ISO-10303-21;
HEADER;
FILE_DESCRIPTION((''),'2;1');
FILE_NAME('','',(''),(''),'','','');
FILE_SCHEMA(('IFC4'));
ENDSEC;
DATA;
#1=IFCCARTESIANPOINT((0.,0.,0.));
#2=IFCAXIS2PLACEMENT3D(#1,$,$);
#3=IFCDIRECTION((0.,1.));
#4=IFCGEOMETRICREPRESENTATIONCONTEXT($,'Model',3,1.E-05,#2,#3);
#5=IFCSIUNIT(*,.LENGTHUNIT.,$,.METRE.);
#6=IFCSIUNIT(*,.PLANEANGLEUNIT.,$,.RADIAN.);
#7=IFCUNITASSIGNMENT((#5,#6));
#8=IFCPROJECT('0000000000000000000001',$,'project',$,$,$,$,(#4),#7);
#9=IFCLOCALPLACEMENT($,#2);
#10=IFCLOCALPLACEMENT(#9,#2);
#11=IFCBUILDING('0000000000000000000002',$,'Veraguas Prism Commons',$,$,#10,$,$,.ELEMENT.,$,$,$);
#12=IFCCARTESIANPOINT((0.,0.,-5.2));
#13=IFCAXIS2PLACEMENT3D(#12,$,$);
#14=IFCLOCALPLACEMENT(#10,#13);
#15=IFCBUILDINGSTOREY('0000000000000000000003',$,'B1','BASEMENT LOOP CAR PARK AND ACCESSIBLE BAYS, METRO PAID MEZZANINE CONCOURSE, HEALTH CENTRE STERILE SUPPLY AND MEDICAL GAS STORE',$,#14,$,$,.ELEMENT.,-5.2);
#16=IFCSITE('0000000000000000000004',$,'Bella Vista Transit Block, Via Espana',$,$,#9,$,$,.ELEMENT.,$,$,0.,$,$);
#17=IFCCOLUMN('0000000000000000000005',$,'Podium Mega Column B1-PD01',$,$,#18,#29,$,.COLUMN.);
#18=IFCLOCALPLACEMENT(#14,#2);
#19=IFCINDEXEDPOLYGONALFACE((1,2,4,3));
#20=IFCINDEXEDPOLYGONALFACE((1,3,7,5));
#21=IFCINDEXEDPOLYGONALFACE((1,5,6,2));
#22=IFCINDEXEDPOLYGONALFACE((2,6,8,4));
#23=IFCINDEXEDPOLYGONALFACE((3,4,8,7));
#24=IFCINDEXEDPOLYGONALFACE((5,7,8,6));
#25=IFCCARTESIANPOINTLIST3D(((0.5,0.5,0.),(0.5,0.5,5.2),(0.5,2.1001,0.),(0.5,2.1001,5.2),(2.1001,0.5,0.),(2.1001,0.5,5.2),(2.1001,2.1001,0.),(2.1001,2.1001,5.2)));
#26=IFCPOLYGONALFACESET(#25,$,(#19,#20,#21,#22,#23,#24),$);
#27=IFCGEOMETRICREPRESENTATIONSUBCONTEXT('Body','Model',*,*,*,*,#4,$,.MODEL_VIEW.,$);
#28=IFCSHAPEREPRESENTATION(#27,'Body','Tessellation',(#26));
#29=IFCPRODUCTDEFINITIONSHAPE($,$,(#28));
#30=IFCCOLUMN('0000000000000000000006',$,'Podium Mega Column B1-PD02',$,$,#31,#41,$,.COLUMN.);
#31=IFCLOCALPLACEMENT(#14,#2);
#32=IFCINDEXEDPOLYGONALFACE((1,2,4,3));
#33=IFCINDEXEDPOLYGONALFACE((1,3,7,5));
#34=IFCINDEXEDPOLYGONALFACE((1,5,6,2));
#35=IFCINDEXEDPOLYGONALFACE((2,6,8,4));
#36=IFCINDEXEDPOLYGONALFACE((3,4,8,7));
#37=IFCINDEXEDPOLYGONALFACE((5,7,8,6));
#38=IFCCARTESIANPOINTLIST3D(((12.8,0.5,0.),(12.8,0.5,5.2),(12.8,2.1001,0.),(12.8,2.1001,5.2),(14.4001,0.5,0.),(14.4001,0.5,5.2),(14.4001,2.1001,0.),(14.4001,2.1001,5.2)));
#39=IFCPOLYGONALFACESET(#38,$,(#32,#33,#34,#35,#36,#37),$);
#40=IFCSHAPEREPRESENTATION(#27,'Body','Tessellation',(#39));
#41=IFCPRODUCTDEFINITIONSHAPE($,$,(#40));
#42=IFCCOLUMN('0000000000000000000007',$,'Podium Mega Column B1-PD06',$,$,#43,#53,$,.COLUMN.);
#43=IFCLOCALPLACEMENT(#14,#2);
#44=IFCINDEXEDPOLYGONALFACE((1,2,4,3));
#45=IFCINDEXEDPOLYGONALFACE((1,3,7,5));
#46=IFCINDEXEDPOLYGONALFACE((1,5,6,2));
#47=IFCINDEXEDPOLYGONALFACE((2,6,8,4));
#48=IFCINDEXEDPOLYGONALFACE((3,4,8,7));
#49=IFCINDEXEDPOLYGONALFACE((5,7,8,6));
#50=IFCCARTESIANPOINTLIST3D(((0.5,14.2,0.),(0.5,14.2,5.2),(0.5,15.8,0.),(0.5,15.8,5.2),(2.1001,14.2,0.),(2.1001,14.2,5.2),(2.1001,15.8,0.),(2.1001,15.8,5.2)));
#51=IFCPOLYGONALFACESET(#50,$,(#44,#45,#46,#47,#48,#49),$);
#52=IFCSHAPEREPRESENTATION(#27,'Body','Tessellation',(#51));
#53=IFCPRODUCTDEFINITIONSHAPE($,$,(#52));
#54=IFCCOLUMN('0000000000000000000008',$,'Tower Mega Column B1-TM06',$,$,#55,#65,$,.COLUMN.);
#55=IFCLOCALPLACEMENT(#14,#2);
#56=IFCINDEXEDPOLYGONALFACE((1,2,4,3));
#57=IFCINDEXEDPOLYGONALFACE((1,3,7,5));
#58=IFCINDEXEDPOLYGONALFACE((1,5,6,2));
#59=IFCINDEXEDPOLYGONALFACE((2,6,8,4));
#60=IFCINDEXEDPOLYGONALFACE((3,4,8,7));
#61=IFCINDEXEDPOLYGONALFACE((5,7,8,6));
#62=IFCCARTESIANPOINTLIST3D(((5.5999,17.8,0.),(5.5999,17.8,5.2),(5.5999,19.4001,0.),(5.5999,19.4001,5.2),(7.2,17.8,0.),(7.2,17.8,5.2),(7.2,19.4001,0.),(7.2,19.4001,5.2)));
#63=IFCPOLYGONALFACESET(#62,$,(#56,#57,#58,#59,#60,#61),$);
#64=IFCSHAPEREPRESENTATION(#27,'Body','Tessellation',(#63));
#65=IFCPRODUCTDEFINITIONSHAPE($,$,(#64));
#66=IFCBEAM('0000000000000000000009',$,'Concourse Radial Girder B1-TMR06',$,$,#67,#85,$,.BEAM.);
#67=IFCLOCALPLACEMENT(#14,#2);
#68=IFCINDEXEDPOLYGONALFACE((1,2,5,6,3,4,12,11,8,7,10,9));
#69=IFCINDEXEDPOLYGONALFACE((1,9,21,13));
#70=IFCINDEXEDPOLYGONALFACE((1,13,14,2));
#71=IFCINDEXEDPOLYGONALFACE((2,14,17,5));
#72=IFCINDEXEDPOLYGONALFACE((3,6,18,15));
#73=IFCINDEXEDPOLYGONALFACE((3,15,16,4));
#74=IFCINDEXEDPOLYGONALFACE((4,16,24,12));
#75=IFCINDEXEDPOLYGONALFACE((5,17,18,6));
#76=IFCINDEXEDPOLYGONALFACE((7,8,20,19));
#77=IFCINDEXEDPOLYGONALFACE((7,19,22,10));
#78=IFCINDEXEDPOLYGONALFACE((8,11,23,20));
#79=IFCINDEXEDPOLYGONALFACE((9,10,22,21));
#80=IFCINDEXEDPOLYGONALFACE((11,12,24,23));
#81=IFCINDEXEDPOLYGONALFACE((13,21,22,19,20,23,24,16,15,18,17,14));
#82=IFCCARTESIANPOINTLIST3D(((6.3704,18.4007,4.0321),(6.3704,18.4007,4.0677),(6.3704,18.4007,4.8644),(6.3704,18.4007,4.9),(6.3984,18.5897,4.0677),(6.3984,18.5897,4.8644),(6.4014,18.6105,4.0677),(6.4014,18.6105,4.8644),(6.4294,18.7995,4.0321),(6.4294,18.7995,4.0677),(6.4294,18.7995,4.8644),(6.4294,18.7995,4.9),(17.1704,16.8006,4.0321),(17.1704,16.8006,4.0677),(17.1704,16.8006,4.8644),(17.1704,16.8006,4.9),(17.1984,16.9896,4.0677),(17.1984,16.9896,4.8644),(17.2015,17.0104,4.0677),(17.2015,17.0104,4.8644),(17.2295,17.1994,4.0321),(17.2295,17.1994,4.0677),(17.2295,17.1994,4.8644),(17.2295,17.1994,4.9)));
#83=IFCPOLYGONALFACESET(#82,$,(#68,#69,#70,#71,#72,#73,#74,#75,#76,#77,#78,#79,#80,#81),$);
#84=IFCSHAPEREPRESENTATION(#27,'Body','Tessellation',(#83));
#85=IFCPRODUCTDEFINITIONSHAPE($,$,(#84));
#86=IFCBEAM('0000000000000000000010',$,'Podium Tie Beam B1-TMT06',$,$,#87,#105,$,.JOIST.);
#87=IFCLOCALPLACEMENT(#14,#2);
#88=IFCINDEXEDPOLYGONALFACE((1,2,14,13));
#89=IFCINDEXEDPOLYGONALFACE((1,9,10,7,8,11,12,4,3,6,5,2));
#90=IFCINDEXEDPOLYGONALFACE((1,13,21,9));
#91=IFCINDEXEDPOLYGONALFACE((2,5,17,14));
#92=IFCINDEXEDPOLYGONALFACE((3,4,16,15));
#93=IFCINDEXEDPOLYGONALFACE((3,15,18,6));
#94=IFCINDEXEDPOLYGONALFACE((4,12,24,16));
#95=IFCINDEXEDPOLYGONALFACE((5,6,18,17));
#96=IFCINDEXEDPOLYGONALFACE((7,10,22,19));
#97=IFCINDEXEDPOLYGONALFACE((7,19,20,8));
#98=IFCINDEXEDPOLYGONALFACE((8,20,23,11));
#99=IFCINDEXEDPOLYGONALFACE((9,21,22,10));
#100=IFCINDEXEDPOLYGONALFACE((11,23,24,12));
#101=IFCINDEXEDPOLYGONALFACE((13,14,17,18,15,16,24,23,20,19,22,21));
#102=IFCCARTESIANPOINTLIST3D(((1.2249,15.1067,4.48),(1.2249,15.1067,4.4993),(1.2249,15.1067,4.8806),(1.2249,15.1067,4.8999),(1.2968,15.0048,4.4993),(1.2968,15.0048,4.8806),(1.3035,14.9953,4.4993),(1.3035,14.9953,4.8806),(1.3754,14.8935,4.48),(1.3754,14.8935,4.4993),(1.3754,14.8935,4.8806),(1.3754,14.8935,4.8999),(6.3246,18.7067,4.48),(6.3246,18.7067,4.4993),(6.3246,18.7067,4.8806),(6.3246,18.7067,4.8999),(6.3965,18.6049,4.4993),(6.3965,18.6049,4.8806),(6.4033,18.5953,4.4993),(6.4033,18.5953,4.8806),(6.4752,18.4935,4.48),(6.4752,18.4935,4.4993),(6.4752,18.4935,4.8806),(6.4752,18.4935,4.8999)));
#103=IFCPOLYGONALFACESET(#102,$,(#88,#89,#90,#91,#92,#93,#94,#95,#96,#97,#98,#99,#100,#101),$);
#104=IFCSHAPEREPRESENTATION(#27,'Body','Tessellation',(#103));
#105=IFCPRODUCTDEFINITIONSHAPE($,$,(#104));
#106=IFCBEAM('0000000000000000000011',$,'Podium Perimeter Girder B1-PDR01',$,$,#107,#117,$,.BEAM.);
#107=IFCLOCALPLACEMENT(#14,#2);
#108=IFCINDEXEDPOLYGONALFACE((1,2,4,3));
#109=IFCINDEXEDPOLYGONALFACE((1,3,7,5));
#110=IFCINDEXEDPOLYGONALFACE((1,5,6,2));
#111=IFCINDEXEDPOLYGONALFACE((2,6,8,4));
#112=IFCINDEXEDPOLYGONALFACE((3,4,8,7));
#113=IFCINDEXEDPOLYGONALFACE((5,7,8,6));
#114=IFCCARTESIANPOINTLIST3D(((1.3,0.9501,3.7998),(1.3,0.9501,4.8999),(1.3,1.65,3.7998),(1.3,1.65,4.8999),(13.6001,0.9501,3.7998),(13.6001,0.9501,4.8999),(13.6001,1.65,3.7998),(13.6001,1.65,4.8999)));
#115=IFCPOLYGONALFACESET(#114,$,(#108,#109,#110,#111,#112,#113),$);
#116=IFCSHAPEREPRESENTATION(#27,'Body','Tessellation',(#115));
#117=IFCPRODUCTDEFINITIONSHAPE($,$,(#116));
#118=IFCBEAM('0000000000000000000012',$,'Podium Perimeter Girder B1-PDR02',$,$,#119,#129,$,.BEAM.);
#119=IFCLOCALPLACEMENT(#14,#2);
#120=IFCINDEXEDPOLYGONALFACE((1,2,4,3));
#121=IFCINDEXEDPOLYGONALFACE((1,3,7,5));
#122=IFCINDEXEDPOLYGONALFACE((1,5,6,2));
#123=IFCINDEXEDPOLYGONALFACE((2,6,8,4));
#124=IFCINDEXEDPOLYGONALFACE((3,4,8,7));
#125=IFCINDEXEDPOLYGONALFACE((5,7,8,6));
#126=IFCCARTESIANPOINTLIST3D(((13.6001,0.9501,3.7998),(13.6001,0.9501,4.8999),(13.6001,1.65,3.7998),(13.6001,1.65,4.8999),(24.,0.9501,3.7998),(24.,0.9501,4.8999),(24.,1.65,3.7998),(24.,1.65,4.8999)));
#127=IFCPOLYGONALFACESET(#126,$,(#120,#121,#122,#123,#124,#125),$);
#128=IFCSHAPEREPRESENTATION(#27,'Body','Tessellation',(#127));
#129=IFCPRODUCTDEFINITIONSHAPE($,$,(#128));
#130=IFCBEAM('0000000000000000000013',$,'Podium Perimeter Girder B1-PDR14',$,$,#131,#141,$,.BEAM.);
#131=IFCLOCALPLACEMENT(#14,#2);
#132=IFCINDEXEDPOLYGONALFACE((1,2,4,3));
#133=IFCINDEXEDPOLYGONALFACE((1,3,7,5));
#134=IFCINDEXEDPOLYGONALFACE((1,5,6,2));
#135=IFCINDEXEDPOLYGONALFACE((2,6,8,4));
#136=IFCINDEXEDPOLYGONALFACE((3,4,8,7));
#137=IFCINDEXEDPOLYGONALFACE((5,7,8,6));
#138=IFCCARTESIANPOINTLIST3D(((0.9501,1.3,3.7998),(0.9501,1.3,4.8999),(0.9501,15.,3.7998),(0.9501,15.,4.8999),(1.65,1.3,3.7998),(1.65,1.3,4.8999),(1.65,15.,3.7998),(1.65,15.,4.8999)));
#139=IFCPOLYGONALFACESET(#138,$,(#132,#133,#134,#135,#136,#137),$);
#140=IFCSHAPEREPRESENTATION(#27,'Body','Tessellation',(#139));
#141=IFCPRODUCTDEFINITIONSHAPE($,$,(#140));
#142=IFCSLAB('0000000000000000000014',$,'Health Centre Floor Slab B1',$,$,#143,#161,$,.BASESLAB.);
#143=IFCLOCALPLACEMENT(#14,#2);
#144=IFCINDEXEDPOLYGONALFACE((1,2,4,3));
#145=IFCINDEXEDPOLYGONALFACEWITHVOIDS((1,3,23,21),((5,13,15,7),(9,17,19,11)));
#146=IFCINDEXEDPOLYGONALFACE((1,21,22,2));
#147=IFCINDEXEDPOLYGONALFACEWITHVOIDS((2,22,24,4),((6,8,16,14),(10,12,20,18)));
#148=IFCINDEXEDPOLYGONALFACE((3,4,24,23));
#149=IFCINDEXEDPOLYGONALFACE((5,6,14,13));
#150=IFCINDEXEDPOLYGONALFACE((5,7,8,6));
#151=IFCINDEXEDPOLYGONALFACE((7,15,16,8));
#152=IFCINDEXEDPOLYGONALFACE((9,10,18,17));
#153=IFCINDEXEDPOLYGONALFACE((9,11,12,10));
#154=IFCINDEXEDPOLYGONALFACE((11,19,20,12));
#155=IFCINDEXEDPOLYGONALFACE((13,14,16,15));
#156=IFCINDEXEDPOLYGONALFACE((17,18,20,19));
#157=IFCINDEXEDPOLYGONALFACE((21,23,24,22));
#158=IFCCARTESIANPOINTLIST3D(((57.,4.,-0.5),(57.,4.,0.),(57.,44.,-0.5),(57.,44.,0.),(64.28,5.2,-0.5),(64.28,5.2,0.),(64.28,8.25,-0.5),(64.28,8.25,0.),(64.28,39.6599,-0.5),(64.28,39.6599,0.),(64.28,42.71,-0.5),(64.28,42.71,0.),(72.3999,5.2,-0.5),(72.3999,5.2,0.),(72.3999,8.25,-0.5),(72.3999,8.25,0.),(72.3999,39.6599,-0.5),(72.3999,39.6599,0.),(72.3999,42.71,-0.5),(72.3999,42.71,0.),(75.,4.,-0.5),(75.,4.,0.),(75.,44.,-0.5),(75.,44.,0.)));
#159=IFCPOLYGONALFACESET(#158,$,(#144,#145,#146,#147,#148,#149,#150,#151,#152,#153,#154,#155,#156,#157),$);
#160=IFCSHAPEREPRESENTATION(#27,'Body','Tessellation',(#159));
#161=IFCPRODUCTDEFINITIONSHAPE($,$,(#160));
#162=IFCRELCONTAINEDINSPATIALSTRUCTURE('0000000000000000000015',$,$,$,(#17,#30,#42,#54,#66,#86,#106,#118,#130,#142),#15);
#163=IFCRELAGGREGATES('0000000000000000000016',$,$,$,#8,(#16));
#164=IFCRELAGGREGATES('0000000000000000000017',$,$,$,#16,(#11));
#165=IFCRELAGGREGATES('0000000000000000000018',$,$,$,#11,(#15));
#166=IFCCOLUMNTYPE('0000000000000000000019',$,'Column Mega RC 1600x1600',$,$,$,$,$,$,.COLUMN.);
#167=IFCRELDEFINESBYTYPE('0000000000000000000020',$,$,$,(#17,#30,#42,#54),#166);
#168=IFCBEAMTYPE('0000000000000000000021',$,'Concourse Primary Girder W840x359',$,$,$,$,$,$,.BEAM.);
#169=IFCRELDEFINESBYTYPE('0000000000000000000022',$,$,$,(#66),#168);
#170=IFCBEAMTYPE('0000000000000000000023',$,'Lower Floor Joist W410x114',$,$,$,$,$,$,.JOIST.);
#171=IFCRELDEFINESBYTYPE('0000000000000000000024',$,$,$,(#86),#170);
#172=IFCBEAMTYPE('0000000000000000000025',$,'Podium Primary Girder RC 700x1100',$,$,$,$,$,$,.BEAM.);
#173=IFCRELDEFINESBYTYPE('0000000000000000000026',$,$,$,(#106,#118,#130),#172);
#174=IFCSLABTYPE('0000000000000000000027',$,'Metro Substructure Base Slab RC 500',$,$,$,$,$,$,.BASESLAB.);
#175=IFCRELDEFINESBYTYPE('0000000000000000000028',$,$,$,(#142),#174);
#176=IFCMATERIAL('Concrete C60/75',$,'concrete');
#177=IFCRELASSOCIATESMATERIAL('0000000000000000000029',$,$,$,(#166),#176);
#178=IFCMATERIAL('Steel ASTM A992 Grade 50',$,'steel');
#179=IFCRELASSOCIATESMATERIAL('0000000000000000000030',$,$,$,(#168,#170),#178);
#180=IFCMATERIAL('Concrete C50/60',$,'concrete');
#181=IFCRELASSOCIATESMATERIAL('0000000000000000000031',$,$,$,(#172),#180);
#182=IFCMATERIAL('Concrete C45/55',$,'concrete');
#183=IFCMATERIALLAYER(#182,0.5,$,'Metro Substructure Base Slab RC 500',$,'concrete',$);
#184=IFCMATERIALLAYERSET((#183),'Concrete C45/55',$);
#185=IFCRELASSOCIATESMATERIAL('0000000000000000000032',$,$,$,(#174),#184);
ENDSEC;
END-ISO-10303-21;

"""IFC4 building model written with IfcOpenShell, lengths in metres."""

from ifc_helpers import new_model, si_unit, direction, frame, origin, origin_2d, place, context, subcontext, project, spatial, polyline, rectangle, i_section, outline, extrude, material, layer, layer_set, material_profile, profile_set, type_object, element, save


model = new_model("IFC4")

# Units and contexts
model_context = context("Model", 3, precision=1e-05, world=origin(), true_north=direction((0.0, 1.0)))
body_context = subcontext(model_context, "Body", "Model", "MODEL_VIEW")
ifc_project = project(units=[si_unit("LENGTHUNIT", "METRE"), si_unit("PLANEANGLEUNIT", "RADIAN")], contexts=[model_context])

# Site, building, storey
site_placement = place(None, origin())
site = spatial("IfcSite", under=ifc_project, at=site_placement, Name="Bella Vista Transit Block, Via Espana", CompositionType="ELEMENT", RefElevation=0.0)
building_placement = place(site_placement, origin())
building = spatial("IfcBuilding", under=site, at=building_placement, Name="Veraguas Prism Commons", CompositionType="ELEMENT")
storey_placement = place(building_placement, frame((0.0, 0.0, -5.2)))
storey = spatial("IfcBuildingStorey", under=building, at=storey_placement, Name="B1", Description="BASEMENT LOOP CAR PARK AND ACCESSIBLE BAYS, METRO PAID MEZZANINE CONCOURSE, HEALTH CENTRE STERILE SUPPLY AND MEDICAL GAS STORE", CompositionType="ELEMENT", Elevation=-5.2)

# Columns
ifc_material_1 = material(Name="Concrete C60/75", Category="concrete")
ifc_material_profile_1 = material_profile(ifc_material_1, rectangle(XDim=1.6001, YDim=1.6001, at=origin_2d()), Name="RC1600X1600")
ifc_profile_set_1 = profile_set([ifc_material_profile_1], Name="Concrete C60/75")
column_type = type_object("IfcColumnType", Name="Column Mega RC 1600x1600", PredefinedType="COLUMN", material=ifc_profile_set_1)
for number, where, z_axis, x_axis, name in (
    (1, (1.3, 1.3, 0.0), (0.0, 0.0, 1.0), (1.0, 0.0, 0.0), "Podium Mega Column B1-PD01"),
    (2, (13.6001, 1.3, 0.0), (0.0, 0.0, 1.0), (1.0, 0.0, 0.0), "Podium Mega Column B1-PD02"),
    (3, (1.3, 15.0, 0.0), (0.0, 0.0, 1.0), (1.0, 0.0, 0.0), "Podium Mega Column B1-PD06"),
    (4, (6.3999, 18.6001, 0.0), (0.0, 0.0, 1.0), (1.0, 0.0, 0.0), "Tower Mega Column B1-TM06"),
):
    element("IfcColumn", number, at=place(storey_placement, frame(where, z_axis=z_axis, x_axis=x_axis)), inside=storey, type_object=column_type, Name=name, PredefinedType="COLUMN", context=body_context, shape_type="SweptSolid", body=[
        extrude(rectangle(XDim=1.6001, YDim=1.6001, at=origin_2d()), origin(), (0.0, 0.0, 1.0), 5.2),
    ])

# Beams
ifc_material_2 = material(Name="Steel ASTM A992 Grade 50", Category="steel")
ifc_material_profile_2 = material_profile(ifc_material_2, i_section(OverallWidth=0.4031, OverallDepth=0.8679, WebThickness=0.021, FlangeThickness=0.0356, at=origin_2d()), Name="W840X359")
ifc_profile_set_2 = profile_set([ifc_material_profile_2], Name="Steel ASTM A992 Grade 50")
beam_type_1 = type_object("IfcBeamType", Name="Concourse Primary Girder W840x359", PredefinedType="BEAM", material=ifc_profile_set_2)
beam_1_placement = place(storey_placement, frame((6.3999, 18.6001, 4.4661), z_axis=(0.989202, -0.146557, 0.0), x_axis=(0.146557, 0.989202, 0.0)))
element("IfcBeam", 5, at=beam_1_placement, inside=storey, type_object=beam_type_1, Name="Concourse Radial Girder B1-TMR06", PredefinedType="BEAM", context=body_context, shape_type="SweptSolid", body=[
    extrude(i_section(OverallWidth=0.4031, OverallDepth=0.8679, WebThickness=0.021, FlangeThickness=0.0356, at=origin_2d()), origin(), (0.0, 0.0, 1.0), 10.918),
])
ifc_material_profile_3 = material_profile(ifc_material_2, i_section(OverallWidth=0.261, OverallDepth=0.4199, WebThickness=0.0117, FlangeThickness=0.0193, at=origin_2d()), Name="W410X114")
ifc_profile_set_3 = profile_set([ifc_material_profile_3], Name="Steel ASTM A992 Grade 50")
beam_type_2 = type_object("IfcBeamType", Name="Lower Floor Joist W410x114", PredefinedType="JOIST", material=ifc_profile_set_3)
beam_2_placement = place(storey_placement, frame((6.3999, 18.6001, 4.6899), z_axis=(-0.816953, -0.576705, 0.0), x_axis=(0.576705, -0.816953, 0.0)))
element("IfcBeam", 6, at=beam_2_placement, inside=storey, type_object=beam_type_2, Name="Podium Tie Beam B1-TMT06", PredefinedType="JOIST", context=body_context, shape_type="SweptSolid", body=[
    extrude(i_section(OverallWidth=0.261, OverallDepth=0.4199, WebThickness=0.0117, FlangeThickness=0.0193, at=origin_2d()), origin(), (0.0, 0.0, 1.0), 6.2424),
])
ifc_material_3 = material(Name="Concrete C50/60", Category="concrete")
ifc_material_profile_4 = material_profile(ifc_material_3, rectangle(XDim=0.7, YDim=1.1001, at=origin_2d()), Name="RC700X1100")
ifc_profile_set_4 = profile_set([ifc_material_profile_4], Name="Concrete C50/60")
beam_type_3 = type_object("IfcBeamType", Name="Podium Primary Girder RC 700x1100", PredefinedType="BEAM", material=ifc_profile_set_4)
beam_3_placement = place(storey_placement, frame((1.3, 1.3, 4.3499), z_axis=(1.0, 0.0, 0.0), x_axis=(0.0, 1.0, 0.0)))
element("IfcBeam", 7, at=beam_3_placement, inside=storey, type_object=beam_type_3, Name="Podium Perimeter Girder B1-PDR01", PredefinedType="BEAM", context=body_context, shape_type="SweptSolid", body=[
    extrude(rectangle(XDim=0.7, YDim=1.1001, at=origin_2d()), origin(), (0.0, 0.0, 1.0), 12.3),
])
beam_4_placement = place(storey_placement, frame((13.6001, 1.3, 4.3499), z_axis=(1.0, 0.0, 0.0), x_axis=(0.0, 1.0, 0.0)))
element("IfcBeam", 8, at=beam_4_placement, inside=storey, type_object=beam_type_3, Name="Podium Perimeter Girder B1-PDR02", PredefinedType="BEAM", context=body_context, shape_type="SweptSolid", body=[
    extrude(rectangle(XDim=0.7, YDim=1.1001, at=origin_2d()), origin(), (0.0, 0.0, 1.0), 10.3999),
])
beam_5_placement = place(storey_placement, frame((1.3, 15.0, 4.3499), z_axis=(0.0, -1.0, 0.0), x_axis=(1.0, 0.0, 0.0)))
element("IfcBeam", 9, at=beam_5_placement, inside=storey, type_object=beam_type_3, Name="Podium Perimeter Girder B1-PDR14", PredefinedType="BEAM", context=body_context, shape_type="SweptSolid", body=[
    extrude(rectangle(XDim=0.7, YDim=1.1001, at=origin_2d()), origin(), (0.0, 0.0, 1.0), 13.7),
])

# Slab
ifc_material_4 = material(Name="Concrete C45/55", Category="concrete")
ifc_layer_1 = layer(ifc_material_4, 0.5, Name="Metro Substructure Base Slab RC 500", Category="concrete")
ifc_layer_set_1 = layer_set([ifc_layer_1], Name="Concrete C45/55")
slab_type_1 = type_object("IfcSlabType", Name="Metro Substructure Base Slab RC 500", PredefinedType="BASESLAB", material=ifc_layer_set_1)
slab_1_placement = place(storey_placement, frame((0.0, 0.0, -0.5)))
element("IfcSlab", 10, at=slab_1_placement, inside=storey, type_object=slab_type_1, Name="Health Centre Floor Slab B1", PredefinedType="BASESLAB", context=body_context, shape_type="SweptSolid", body=[
    extrude(outline(polyline([(57.0, 4.0), (75.0, 4.0), (75.0, 44.0), (57.0, 44.0), (57.0, 4.0)]), holes=[polyline([(64.28, 5.2), (72.3999, 5.2), (72.3999, 8.25), (64.28, 8.25), (64.28, 5.2)]), polyline([(64.28, 39.6599), (72.3999, 39.6599), (72.3999, 42.71), (64.28, 42.71), (64.28, 39.6599)])]), origin(), (0.0, 0.0, 1.0), 0.5),
])

save(model, "model.ifc")
